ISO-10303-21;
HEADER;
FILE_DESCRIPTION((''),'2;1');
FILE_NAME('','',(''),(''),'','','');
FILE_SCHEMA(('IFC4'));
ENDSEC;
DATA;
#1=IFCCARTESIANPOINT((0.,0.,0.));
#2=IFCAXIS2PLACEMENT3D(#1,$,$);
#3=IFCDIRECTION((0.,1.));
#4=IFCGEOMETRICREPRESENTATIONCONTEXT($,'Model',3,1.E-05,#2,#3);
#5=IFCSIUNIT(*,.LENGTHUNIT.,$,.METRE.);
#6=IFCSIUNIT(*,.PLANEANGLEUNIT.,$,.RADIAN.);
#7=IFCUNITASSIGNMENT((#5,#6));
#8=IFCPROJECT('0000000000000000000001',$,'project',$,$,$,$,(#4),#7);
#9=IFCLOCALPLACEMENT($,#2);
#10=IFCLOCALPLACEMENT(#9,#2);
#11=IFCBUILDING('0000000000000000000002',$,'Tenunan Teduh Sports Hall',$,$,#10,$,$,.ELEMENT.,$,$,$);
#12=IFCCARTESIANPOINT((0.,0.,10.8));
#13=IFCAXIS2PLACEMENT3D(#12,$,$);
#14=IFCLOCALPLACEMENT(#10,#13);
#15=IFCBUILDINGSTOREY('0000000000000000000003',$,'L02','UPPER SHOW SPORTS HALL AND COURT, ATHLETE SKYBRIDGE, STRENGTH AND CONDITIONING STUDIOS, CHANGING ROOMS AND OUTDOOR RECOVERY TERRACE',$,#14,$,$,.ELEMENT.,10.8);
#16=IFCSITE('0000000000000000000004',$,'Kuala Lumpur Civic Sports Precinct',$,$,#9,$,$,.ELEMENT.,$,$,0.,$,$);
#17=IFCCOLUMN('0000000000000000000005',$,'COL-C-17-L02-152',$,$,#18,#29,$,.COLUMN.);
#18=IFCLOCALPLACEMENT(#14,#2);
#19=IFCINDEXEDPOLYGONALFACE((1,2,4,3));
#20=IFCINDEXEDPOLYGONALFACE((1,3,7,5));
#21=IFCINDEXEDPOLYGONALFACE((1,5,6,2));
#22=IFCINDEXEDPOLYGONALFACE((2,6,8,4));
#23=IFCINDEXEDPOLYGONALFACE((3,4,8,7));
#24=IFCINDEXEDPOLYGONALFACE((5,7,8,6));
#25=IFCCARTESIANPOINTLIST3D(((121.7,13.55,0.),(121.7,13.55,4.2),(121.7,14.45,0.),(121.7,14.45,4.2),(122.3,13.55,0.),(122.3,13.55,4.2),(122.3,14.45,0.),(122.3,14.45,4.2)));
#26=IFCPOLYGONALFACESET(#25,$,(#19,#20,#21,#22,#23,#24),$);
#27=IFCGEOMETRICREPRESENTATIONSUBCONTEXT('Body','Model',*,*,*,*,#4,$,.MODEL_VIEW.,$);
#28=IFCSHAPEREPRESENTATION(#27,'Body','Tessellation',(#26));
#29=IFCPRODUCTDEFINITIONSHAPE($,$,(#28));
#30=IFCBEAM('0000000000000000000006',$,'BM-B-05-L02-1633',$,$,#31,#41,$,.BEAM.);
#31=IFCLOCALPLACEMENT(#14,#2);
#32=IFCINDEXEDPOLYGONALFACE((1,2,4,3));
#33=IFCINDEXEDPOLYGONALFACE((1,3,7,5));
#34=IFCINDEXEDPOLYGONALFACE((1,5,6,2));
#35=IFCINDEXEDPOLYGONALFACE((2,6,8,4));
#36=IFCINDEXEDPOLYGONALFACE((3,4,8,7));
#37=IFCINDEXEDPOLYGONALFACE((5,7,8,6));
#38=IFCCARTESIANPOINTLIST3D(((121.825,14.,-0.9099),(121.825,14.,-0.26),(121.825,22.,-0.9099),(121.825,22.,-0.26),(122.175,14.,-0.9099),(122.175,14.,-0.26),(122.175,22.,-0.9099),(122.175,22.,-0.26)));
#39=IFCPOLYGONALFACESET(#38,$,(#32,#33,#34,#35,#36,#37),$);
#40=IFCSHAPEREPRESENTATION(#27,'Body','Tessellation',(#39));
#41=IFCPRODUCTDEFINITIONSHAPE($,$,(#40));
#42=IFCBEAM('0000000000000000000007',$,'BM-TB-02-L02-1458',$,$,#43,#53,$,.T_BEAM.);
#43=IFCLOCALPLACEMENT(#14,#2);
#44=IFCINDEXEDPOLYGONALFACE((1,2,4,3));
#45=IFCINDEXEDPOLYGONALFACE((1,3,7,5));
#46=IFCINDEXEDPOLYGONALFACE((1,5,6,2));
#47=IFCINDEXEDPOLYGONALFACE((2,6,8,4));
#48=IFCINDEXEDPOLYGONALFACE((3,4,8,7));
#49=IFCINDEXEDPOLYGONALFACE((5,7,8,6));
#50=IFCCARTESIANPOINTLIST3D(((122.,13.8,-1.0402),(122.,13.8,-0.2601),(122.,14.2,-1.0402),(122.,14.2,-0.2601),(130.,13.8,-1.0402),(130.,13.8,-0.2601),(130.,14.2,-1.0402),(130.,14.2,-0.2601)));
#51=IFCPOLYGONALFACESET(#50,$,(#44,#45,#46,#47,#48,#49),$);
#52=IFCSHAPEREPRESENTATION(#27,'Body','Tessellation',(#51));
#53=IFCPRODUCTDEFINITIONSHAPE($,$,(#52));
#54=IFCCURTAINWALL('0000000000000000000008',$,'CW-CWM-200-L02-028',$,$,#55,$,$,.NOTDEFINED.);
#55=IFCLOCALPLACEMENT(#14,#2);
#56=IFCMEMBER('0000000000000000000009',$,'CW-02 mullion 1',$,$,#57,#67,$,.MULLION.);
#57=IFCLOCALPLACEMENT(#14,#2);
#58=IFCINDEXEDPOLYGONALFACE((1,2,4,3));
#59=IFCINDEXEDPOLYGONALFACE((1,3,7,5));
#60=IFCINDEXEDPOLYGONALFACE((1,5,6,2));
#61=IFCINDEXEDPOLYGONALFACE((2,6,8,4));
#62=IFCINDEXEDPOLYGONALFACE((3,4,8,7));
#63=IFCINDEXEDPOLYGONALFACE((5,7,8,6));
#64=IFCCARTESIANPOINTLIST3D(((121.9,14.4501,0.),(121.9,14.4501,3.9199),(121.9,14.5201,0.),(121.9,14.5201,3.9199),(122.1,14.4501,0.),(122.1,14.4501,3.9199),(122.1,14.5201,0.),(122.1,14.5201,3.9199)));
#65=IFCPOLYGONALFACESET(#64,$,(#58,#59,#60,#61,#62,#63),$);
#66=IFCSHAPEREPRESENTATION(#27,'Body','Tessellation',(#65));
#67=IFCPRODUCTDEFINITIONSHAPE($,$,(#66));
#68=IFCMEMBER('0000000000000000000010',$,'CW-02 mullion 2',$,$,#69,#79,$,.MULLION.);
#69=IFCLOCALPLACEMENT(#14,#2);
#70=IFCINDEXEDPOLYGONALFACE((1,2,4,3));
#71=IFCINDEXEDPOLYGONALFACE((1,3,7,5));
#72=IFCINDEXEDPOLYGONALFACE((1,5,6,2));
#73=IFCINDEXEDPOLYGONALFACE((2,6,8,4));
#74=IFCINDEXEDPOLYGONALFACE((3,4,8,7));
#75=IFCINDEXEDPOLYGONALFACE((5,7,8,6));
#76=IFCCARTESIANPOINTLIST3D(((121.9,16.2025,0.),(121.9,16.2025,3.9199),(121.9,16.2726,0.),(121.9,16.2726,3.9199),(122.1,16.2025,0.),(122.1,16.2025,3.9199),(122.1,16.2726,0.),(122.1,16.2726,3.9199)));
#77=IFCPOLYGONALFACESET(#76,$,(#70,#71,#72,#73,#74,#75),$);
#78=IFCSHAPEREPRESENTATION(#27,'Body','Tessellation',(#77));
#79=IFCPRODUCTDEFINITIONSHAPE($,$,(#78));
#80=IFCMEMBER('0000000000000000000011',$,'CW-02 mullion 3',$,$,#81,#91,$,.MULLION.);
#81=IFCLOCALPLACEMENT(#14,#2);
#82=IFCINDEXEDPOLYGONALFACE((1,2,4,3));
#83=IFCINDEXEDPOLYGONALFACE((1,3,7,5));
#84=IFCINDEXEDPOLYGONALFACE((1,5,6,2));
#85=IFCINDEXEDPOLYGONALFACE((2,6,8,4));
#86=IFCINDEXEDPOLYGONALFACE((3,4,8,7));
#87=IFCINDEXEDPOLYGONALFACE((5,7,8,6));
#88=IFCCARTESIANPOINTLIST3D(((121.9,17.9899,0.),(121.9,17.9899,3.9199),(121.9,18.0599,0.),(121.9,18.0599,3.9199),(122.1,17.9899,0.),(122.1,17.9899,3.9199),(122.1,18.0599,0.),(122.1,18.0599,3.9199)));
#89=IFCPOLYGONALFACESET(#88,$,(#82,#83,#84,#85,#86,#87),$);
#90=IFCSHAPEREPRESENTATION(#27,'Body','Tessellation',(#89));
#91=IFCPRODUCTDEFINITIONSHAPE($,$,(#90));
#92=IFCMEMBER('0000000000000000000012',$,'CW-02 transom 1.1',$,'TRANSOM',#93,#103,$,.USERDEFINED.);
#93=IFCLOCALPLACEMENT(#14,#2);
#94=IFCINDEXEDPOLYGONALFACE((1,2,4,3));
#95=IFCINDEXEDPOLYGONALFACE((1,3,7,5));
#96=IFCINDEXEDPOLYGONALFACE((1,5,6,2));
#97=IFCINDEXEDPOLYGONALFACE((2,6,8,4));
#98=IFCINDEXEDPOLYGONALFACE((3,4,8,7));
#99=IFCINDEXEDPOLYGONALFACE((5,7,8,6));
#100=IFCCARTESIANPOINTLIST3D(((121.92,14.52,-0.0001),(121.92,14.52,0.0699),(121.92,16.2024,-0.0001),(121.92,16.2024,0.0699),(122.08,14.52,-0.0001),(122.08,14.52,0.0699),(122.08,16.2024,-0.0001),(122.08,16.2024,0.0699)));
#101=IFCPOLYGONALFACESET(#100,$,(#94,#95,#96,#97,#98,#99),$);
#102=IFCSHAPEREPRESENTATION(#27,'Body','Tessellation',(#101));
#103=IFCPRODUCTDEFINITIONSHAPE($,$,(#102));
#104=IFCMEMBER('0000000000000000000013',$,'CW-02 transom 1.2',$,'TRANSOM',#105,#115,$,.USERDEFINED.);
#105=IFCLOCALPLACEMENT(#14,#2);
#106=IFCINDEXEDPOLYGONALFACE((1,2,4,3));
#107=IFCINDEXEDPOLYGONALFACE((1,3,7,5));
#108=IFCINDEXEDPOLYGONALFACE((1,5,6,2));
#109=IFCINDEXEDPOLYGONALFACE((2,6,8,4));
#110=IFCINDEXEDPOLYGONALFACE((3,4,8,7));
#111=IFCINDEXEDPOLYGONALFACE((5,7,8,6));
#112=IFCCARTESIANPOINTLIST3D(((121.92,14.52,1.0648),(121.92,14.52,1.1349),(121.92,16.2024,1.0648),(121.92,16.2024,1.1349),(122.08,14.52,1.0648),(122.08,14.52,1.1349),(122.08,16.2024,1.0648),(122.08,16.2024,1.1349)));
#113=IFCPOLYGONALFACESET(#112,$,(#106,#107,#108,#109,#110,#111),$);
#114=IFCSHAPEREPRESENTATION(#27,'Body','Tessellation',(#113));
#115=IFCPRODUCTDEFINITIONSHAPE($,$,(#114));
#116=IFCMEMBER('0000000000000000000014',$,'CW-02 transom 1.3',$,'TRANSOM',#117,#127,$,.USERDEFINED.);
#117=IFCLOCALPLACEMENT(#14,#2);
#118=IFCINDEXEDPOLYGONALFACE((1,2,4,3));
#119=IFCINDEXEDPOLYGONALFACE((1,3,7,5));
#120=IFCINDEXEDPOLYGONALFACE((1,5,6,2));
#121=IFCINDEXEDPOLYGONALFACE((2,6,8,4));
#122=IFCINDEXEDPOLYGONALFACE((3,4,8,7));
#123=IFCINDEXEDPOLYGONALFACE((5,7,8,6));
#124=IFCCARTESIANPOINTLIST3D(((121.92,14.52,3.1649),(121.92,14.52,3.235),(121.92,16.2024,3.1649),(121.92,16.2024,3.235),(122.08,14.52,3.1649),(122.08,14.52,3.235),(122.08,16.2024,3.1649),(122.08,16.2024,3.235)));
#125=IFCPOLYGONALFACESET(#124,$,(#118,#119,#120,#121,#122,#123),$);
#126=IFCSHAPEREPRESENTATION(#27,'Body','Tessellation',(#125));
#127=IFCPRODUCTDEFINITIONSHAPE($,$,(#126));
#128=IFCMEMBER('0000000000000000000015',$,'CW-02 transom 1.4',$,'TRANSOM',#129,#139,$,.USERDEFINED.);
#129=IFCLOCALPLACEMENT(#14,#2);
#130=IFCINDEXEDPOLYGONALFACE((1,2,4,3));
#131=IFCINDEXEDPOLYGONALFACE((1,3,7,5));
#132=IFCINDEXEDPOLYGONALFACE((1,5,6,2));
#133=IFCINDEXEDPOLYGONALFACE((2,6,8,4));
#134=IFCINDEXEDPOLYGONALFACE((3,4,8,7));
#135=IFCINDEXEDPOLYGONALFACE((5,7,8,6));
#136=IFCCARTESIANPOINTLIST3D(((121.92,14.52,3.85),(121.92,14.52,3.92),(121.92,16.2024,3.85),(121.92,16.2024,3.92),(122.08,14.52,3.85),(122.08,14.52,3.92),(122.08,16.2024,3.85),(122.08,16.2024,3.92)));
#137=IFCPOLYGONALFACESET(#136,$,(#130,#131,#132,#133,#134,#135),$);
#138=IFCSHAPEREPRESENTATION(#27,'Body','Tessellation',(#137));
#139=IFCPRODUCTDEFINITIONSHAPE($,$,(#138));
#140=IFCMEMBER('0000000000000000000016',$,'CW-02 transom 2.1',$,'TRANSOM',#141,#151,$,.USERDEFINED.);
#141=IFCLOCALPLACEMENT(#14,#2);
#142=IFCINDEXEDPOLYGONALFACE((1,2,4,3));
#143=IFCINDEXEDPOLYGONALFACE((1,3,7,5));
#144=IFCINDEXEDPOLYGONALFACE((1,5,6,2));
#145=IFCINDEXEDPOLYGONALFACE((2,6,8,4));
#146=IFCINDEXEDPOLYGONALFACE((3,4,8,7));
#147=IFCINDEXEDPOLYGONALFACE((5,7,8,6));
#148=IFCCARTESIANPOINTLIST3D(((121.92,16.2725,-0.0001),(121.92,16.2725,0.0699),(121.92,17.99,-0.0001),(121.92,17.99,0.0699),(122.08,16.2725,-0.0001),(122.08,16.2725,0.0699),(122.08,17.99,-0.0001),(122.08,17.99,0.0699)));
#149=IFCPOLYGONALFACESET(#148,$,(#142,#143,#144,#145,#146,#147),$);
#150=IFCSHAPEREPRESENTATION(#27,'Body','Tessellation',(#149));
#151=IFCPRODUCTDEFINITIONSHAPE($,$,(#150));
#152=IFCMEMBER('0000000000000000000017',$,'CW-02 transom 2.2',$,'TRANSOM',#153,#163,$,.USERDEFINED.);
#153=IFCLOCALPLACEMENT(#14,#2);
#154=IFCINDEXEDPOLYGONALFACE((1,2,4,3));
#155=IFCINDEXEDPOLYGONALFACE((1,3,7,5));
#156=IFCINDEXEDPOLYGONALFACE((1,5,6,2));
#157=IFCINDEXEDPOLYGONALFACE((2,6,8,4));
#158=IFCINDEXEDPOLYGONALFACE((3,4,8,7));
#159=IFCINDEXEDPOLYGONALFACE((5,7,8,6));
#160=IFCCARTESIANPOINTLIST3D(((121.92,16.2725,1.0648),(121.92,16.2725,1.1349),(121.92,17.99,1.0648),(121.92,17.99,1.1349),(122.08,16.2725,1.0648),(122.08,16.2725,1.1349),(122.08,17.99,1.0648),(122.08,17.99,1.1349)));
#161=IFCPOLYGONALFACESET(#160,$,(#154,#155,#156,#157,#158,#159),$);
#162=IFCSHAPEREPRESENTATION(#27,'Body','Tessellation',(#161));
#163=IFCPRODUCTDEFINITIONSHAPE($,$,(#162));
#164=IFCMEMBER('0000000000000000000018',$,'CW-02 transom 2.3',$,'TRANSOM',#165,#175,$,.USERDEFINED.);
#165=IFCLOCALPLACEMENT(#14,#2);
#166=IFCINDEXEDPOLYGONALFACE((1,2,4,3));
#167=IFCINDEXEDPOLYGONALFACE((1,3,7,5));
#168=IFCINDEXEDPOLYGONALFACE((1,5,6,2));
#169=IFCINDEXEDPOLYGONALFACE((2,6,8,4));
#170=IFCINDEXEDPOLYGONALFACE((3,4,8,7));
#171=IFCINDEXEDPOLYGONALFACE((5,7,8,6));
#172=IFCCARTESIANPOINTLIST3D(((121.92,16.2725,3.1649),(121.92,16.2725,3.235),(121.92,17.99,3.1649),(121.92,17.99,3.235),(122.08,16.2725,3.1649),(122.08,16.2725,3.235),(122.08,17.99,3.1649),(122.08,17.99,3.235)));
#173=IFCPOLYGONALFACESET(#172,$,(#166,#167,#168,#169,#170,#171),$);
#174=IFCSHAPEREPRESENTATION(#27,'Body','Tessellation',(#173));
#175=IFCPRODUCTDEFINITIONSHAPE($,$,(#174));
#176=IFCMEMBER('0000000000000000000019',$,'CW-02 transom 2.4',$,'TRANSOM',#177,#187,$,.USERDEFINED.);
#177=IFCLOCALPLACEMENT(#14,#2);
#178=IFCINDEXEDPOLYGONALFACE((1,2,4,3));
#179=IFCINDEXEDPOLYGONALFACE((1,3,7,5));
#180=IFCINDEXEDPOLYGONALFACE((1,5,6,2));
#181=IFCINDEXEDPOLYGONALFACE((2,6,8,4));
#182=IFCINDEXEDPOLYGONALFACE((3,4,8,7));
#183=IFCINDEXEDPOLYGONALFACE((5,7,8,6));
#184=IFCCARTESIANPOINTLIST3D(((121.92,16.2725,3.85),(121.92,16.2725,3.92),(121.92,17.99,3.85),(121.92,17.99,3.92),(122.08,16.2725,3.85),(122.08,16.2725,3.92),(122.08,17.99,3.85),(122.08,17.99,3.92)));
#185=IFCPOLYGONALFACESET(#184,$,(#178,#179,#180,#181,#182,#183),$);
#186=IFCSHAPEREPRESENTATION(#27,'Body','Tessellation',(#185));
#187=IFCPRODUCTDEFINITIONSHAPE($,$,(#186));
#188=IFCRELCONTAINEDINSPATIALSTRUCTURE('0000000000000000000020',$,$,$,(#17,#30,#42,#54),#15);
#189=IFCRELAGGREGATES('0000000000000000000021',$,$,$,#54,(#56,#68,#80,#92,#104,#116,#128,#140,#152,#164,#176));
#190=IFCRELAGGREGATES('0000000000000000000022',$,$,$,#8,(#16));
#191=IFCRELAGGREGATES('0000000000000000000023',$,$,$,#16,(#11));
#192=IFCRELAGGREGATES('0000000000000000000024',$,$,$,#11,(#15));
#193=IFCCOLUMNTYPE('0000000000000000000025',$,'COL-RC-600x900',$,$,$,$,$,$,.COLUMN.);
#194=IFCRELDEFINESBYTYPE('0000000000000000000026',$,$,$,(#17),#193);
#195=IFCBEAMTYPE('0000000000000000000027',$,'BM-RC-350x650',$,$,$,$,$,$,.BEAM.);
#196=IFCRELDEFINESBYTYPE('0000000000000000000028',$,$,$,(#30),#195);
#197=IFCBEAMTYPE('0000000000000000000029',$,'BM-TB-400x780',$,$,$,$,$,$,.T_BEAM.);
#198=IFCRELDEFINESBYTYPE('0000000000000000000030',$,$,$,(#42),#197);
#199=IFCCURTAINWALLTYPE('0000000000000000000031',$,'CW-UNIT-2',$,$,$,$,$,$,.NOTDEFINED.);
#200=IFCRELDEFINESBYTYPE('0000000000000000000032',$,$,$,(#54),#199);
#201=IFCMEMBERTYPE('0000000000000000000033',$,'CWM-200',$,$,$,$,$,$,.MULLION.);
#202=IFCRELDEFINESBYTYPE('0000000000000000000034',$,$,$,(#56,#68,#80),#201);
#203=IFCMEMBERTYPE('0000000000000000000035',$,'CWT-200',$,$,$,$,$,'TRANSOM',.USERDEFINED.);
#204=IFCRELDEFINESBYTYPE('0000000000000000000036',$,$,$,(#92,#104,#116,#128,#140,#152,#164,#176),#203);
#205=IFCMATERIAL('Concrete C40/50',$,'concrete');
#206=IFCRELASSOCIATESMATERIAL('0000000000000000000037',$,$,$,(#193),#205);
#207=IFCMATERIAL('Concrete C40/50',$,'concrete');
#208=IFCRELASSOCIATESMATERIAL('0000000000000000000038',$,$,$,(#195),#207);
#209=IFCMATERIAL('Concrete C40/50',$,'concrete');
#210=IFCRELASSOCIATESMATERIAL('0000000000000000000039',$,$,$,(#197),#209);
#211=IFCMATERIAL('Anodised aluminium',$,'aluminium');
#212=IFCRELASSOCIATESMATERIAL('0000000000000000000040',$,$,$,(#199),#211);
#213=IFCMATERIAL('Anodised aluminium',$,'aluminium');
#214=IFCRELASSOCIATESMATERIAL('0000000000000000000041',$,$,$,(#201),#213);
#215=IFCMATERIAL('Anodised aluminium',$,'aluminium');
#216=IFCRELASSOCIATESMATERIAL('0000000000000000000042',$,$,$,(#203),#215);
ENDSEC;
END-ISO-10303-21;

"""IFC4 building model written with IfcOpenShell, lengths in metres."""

from ifc_helpers import new_model, si_unit, direction, frame, origin, origin_2d, place, context, subcontext, project, spatial, rectangle, extrude, material, material_profile, profile_set, type_object, element, aggregate, save


model = new_model("IFC4")

# Units and contexts
model_context = context("Model", 3, precision=1e-05, world=origin(), true_north=direction((0.0, 1.0)))
body_context = subcontext(model_context, "Body", "Model", "MODEL_VIEW")
ifc_project = project(units=[si_unit("LENGTHUNIT", "METRE"), si_unit("PLANEANGLEUNIT", "RADIAN")], contexts=[model_context])

# Site, building, storey
site_placement = place(None, origin())
site = spatial("IfcSite", under=ifc_project, at=site_placement, Name="Kuala Lumpur Civic Sports Precinct", CompositionType="ELEMENT", RefElevation=0.0)
building_placement = place(site_placement, origin())
building = spatial("IfcBuilding", under=site, at=building_placement, Name="Tenunan Teduh Sports Hall", CompositionType="ELEMENT")
storey_placement = place(building_placement, frame((0.0, 0.0, 10.8)))
storey = spatial("IfcBuildingStorey", under=building, at=storey_placement, Name="L02", Description="UPPER SHOW SPORTS HALL AND COURT, ATHLETE SKYBRIDGE, STRENGTH AND CONDITIONING STUDIOS, CHANGING ROOMS AND OUTDOOR RECOVERY TERRACE", CompositionType="ELEMENT", Elevation=10.8)

# Column
ifc_material_1 = material(Name="Concrete C40/50", Category="concrete")
ifc_material_profile_1 = material_profile(ifc_material_1, rectangle(XDim=0.6001, YDim=0.8999, at=origin_2d()), Name="RC 600x900")
ifc_profile_set_1 = profile_set([ifc_material_profile_1], Name="Concrete C40/50")
column_type = type_object("IfcColumnType", Name="COL-RC-600x900", PredefinedType="COLUMN", material=ifc_profile_set_1)
column_placement = place(storey_placement, frame((122.0, 14.0, 0.0), z_axis=(0.0, 0.0, 1.0), x_axis=(1.0, 0.0, 0.0)))
element("IfcColumn", 1, at=column_placement, inside=storey, type_object=column_type, Name="COL-C-17-L02-152", PredefinedType="COLUMN", context=body_context, shape_type="SweptSolid", body=[
    extrude(rectangle(XDim=0.6001, YDim=0.8999, at=origin_2d()), origin(), (0.0, 0.0, 1.0), 4.2),
])

# Beams
ifc_material_2 = material(Name="Concrete C40/50", Category="concrete")
ifc_material_profile_2 = material_profile(ifc_material_2, rectangle(XDim=0.3501, YDim=0.6499, at=origin_2d()), Name="RCB 350x650")
ifc_profile_set_2 = profile_set([ifc_material_profile_2], Name="Concrete C40/50")
beam_type_1 = type_object("IfcBeamType", Name="BM-RC-350x650", PredefinedType="BEAM", material=ifc_profile_set_2)
beam_1_placement = place(storey_placement, frame((122.0, 14.0, -0.585), z_axis=(0.0, 1.0, 0.0), x_axis=(-1.0, 0.0, 0.0)))
element("IfcBeam", 2, at=beam_1_placement, inside=storey, type_object=beam_type_1, Name="BM-B-05-L02-1633", PredefinedType="BEAM", context=body_context, shape_type="SweptSolid", body=[
    extrude(rectangle(XDim=0.3501, YDim=0.6499, at=origin_2d()), origin(), (0.0, 0.0, 1.0), 8.0),
])
ifc_material_3 = material(Name="Concrete C40/50", Category="concrete")
ifc_material_profile_3 = material_profile(ifc_material_3, rectangle(XDim=0.3999, YDim=0.78, at=origin_2d()), Name="TB 400x780")
ifc_profile_set_3 = profile_set([ifc_material_profile_3], Name="Concrete C40/50")
beam_type_2 = type_object("IfcBeamType", Name="BM-TB-400x780", PredefinedType="T_BEAM", material=ifc_profile_set_3)
beam_2_placement = place(storey_placement, frame((122.0, 14.0, -0.6501), z_axis=(1.0, 0.0, 0.0), x_axis=(0.0, 1.0, 0.0)))
element("IfcBeam", 3, at=beam_2_placement, inside=storey, type_object=beam_type_2, Name="BM-TB-02-L02-1458", PredefinedType="T_BEAM", context=body_context, shape_type="SweptSolid", body=[
    extrude(rectangle(XDim=0.3999, YDim=0.78, at=origin_2d()), origin(), (0.0, 0.0, 1.0), 8.0),
])

# Curtain wall, members
ifc_material_4 = material(Name="Anodised aluminium", Category="aluminium")
curtain_wall_type = type_object("IfcCurtainWallType", Name="CW-UNIT-2", PredefinedType="NOTDEFINED", material=ifc_material_4)
curtain_wall_placement = place(storey_placement, origin())
curtain_wall = element("IfcCurtainWall", 4, at=curtain_wall_placement, inside=storey, type_object=curtain_wall_type, Name="CW-CWM-200-L02-028", PredefinedType="NOTDEFINED")
ifc_material_5 = material(Name="Anodised aluminium", Category="aluminium")
ifc_material_profile_4 = material_profile(ifc_material_5, rectangle(XDim=0.0701, YDim=0.2, at=origin_2d()), Name="CWM 70x200")
ifc_profile_set_4 = profile_set([ifc_material_profile_4], Name="Anodised aluminium")
member_type_1 = type_object("IfcMemberType", Name="CWM-200", PredefinedType="MULLION", material=ifc_profile_set_4)
member_1_placement = place(storey_placement, frame((122.0, 14.4851, 0.0), z_axis=(0.0, 0.0, 1.0), x_axis=(0.0, 1.0, 0.0)))
member_1 = element("IfcMember", 5, at=member_1_placement, type_object=member_type_1, Name="CW-02 mullion 1", PredefinedType="MULLION", context=body_context, shape_type="SweptSolid", body=[
    extrude(rectangle(XDim=0.0701, YDim=0.2, at=origin_2d()), origin(), (0.0, 0.0, 1.0), 3.9199),
])
member_2_placement = place(storey_placement, frame((122.0, 16.2375, 0.0), z_axis=(0.0, 0.0, 1.0), x_axis=(0.0, 1.0, 0.0)))
member_2 = element("IfcMember", 6, at=member_2_placement, type_object=member_type_1, Name="CW-02 mullion 2", PredefinedType="MULLION", context=body_context, shape_type="SweptSolid", body=[
    extrude(rectangle(XDim=0.0701, YDim=0.2, at=origin_2d()), origin(), (0.0, 0.0, 1.0), 3.9199),
])
member_3_placement = place(storey_placement, frame((122.0, 18.0249, 0.0), z_axis=(0.0, 0.0, 1.0), x_axis=(0.0, 1.0, 0.0)))
member_3 = element("IfcMember", 7, at=member_3_placement, type_object=member_type_1, Name="CW-02 mullion 3", PredefinedType="MULLION", context=body_context, shape_type="SweptSolid", body=[
    extrude(rectangle(XDim=0.0701, YDim=0.2, at=origin_2d()), origin(), (0.0, 0.0, 1.0), 3.9199),
])
ifc_material_6 = material(Name="Anodised aluminium", Category="aluminium")
ifc_material_profile_5 = material_profile(ifc_material_6, rectangle(XDim=0.0701, YDim=0.1599, at=origin_2d()), Name="CWT 70x160")
ifc_profile_set_5 = profile_set([ifc_material_profile_5], Name="Anodised aluminium")
member_type_2 = type_object("IfcMemberType", Name="CWT-200", ElementType="TRANSOM", PredefinedType="USERDEFINED", material=ifc_profile_set_5)
member_4_placement = place(storey_placement, frame((122.0, 14.52, 0.0349), z_axis=(0.0, 1.0, 0.0), x_axis=(0.0, 0.0, 1.0)))
member_4 = element("IfcMember", 8, at=member_4_placement, type_object=member_type_2, Name="CW-02 transom 1.1", ObjectType="TRANSOM", PredefinedType="USERDEFINED", context=body_context, shape_type="SweptSolid", body=[
    extrude(rectangle(XDim=0.0701, YDim=0.1599, at=origin_2d()), origin(), (0.0, 0.0, 1.0), 1.6824),
])
member_5_placement = place(storey_placement, frame((122.0, 14.52, 1.0999), z_axis=(0.0, 1.0, 0.0), x_axis=(0.0, 0.0, 1.0)))
member_5 = element("IfcMember", 9, at=member_5_placement, type_object=member_type_2, Name="CW-02 transom 1.2", ObjectType="TRANSOM", PredefinedType="USERDEFINED", context=body_context, shape_type="SweptSolid", body=[
    extrude(rectangle(XDim=0.0701, YDim=0.1599, at=origin_2d()), origin(), (0.0, 0.0, 1.0), 1.6824),
])
member_6_placement = place(storey_placement, frame((122.0, 14.52, 3.2), z_axis=(0.0, 1.0, 0.0), x_axis=(0.0, 0.0, 1.0)))
member_6 = element("IfcMember", 10, at=member_6_placement, type_object=member_type_2, Name="CW-02 transom 1.3", ObjectType="TRANSOM", PredefinedType="USERDEFINED", context=body_context, shape_type="SweptSolid", body=[
    extrude(rectangle(XDim=0.0701, YDim=0.1599, at=origin_2d()), origin(), (0.0, 0.0, 1.0), 1.6824),
])
member_7_placement = place(storey_placement, frame((122.0, 14.52, 3.885), z_axis=(0.0, 1.0, 0.0), x_axis=(0.0, 0.0, 1.0)))
member_7 = element("IfcMember", 11, at=member_7_placement, type_object=member_type_2, Name="CW-02 transom 1.4", ObjectType="TRANSOM", PredefinedType="USERDEFINED", context=body_context, shape_type="SweptSolid", body=[
    extrude(rectangle(XDim=0.0701, YDim=0.1599, at=origin_2d()), origin(), (0.0, 0.0, 1.0), 1.6824),
])
member_8_placement = place(storey_placement, frame((122.0, 16.2725, 0.0349), z_axis=(0.0, 1.0, 0.0), x_axis=(0.0, 0.0, 1.0)))
member_8 = element("IfcMember", 12, at=member_8_placement, type_object=member_type_2, Name="CW-02 transom 2.1", ObjectType="TRANSOM", PredefinedType="USERDEFINED", context=body_context, shape_type="SweptSolid", body=[
    extrude(rectangle(XDim=0.0701, YDim=0.1599, at=origin_2d()), origin(), (0.0, 0.0, 1.0), 1.7175),
])
member_9_placement = place(storey_placement, frame((122.0, 16.2725, 1.0999), z_axis=(0.0, 1.0, 0.0), x_axis=(0.0, 0.0, 1.0)))
member_9 = element("IfcMember", 13, at=member_9_placement, type_object=member_type_2, Name="CW-02 transom 2.2", ObjectType="TRANSOM", PredefinedType="USERDEFINED", context=body_context, shape_type="SweptSolid", body=[
    extrude(rectangle(XDim=0.0701, YDim=0.1599, at=origin_2d()), origin(), (0.0, 0.0, 1.0), 1.7175),
])
member_10_placement = place(storey_placement, frame((122.0, 16.2725, 3.2), z_axis=(0.0, 1.0, 0.0), x_axis=(0.0, 0.0, 1.0)))
member_10 = element("IfcMember", 14, at=member_10_placement, type_object=member_type_2, Name="CW-02 transom 2.3", ObjectType="TRANSOM", PredefinedType="USERDEFINED", context=body_context, shape_type="SweptSolid", body=[
    extrude(rectangle(XDim=0.0701, YDim=0.1599, at=origin_2d()), origin(), (0.0, 0.0, 1.0), 1.7175),
])
member_11_placement = place(storey_placement, frame((122.0, 16.2725, 3.885), z_axis=(0.0, 1.0, 0.0), x_axis=(0.0, 0.0, 1.0)))
member_11 = element("IfcMember", 15, at=member_11_placement, type_object=member_type_2, Name="CW-02 transom 2.4", ObjectType="TRANSOM", PredefinedType="USERDEFINED", context=body_context, shape_type="SweptSolid", body=[
    extrude(rectangle(XDim=0.0701, YDim=0.1599, at=origin_2d()), origin(), (0.0, 0.0, 1.0), 1.7175),
])

aggregate(curtain_wall, [member_1, member_2, member_3, member_4, member_5, member_6, member_7, member_8, member_9, member_10, member_11])

save(model, "model.ifc")
